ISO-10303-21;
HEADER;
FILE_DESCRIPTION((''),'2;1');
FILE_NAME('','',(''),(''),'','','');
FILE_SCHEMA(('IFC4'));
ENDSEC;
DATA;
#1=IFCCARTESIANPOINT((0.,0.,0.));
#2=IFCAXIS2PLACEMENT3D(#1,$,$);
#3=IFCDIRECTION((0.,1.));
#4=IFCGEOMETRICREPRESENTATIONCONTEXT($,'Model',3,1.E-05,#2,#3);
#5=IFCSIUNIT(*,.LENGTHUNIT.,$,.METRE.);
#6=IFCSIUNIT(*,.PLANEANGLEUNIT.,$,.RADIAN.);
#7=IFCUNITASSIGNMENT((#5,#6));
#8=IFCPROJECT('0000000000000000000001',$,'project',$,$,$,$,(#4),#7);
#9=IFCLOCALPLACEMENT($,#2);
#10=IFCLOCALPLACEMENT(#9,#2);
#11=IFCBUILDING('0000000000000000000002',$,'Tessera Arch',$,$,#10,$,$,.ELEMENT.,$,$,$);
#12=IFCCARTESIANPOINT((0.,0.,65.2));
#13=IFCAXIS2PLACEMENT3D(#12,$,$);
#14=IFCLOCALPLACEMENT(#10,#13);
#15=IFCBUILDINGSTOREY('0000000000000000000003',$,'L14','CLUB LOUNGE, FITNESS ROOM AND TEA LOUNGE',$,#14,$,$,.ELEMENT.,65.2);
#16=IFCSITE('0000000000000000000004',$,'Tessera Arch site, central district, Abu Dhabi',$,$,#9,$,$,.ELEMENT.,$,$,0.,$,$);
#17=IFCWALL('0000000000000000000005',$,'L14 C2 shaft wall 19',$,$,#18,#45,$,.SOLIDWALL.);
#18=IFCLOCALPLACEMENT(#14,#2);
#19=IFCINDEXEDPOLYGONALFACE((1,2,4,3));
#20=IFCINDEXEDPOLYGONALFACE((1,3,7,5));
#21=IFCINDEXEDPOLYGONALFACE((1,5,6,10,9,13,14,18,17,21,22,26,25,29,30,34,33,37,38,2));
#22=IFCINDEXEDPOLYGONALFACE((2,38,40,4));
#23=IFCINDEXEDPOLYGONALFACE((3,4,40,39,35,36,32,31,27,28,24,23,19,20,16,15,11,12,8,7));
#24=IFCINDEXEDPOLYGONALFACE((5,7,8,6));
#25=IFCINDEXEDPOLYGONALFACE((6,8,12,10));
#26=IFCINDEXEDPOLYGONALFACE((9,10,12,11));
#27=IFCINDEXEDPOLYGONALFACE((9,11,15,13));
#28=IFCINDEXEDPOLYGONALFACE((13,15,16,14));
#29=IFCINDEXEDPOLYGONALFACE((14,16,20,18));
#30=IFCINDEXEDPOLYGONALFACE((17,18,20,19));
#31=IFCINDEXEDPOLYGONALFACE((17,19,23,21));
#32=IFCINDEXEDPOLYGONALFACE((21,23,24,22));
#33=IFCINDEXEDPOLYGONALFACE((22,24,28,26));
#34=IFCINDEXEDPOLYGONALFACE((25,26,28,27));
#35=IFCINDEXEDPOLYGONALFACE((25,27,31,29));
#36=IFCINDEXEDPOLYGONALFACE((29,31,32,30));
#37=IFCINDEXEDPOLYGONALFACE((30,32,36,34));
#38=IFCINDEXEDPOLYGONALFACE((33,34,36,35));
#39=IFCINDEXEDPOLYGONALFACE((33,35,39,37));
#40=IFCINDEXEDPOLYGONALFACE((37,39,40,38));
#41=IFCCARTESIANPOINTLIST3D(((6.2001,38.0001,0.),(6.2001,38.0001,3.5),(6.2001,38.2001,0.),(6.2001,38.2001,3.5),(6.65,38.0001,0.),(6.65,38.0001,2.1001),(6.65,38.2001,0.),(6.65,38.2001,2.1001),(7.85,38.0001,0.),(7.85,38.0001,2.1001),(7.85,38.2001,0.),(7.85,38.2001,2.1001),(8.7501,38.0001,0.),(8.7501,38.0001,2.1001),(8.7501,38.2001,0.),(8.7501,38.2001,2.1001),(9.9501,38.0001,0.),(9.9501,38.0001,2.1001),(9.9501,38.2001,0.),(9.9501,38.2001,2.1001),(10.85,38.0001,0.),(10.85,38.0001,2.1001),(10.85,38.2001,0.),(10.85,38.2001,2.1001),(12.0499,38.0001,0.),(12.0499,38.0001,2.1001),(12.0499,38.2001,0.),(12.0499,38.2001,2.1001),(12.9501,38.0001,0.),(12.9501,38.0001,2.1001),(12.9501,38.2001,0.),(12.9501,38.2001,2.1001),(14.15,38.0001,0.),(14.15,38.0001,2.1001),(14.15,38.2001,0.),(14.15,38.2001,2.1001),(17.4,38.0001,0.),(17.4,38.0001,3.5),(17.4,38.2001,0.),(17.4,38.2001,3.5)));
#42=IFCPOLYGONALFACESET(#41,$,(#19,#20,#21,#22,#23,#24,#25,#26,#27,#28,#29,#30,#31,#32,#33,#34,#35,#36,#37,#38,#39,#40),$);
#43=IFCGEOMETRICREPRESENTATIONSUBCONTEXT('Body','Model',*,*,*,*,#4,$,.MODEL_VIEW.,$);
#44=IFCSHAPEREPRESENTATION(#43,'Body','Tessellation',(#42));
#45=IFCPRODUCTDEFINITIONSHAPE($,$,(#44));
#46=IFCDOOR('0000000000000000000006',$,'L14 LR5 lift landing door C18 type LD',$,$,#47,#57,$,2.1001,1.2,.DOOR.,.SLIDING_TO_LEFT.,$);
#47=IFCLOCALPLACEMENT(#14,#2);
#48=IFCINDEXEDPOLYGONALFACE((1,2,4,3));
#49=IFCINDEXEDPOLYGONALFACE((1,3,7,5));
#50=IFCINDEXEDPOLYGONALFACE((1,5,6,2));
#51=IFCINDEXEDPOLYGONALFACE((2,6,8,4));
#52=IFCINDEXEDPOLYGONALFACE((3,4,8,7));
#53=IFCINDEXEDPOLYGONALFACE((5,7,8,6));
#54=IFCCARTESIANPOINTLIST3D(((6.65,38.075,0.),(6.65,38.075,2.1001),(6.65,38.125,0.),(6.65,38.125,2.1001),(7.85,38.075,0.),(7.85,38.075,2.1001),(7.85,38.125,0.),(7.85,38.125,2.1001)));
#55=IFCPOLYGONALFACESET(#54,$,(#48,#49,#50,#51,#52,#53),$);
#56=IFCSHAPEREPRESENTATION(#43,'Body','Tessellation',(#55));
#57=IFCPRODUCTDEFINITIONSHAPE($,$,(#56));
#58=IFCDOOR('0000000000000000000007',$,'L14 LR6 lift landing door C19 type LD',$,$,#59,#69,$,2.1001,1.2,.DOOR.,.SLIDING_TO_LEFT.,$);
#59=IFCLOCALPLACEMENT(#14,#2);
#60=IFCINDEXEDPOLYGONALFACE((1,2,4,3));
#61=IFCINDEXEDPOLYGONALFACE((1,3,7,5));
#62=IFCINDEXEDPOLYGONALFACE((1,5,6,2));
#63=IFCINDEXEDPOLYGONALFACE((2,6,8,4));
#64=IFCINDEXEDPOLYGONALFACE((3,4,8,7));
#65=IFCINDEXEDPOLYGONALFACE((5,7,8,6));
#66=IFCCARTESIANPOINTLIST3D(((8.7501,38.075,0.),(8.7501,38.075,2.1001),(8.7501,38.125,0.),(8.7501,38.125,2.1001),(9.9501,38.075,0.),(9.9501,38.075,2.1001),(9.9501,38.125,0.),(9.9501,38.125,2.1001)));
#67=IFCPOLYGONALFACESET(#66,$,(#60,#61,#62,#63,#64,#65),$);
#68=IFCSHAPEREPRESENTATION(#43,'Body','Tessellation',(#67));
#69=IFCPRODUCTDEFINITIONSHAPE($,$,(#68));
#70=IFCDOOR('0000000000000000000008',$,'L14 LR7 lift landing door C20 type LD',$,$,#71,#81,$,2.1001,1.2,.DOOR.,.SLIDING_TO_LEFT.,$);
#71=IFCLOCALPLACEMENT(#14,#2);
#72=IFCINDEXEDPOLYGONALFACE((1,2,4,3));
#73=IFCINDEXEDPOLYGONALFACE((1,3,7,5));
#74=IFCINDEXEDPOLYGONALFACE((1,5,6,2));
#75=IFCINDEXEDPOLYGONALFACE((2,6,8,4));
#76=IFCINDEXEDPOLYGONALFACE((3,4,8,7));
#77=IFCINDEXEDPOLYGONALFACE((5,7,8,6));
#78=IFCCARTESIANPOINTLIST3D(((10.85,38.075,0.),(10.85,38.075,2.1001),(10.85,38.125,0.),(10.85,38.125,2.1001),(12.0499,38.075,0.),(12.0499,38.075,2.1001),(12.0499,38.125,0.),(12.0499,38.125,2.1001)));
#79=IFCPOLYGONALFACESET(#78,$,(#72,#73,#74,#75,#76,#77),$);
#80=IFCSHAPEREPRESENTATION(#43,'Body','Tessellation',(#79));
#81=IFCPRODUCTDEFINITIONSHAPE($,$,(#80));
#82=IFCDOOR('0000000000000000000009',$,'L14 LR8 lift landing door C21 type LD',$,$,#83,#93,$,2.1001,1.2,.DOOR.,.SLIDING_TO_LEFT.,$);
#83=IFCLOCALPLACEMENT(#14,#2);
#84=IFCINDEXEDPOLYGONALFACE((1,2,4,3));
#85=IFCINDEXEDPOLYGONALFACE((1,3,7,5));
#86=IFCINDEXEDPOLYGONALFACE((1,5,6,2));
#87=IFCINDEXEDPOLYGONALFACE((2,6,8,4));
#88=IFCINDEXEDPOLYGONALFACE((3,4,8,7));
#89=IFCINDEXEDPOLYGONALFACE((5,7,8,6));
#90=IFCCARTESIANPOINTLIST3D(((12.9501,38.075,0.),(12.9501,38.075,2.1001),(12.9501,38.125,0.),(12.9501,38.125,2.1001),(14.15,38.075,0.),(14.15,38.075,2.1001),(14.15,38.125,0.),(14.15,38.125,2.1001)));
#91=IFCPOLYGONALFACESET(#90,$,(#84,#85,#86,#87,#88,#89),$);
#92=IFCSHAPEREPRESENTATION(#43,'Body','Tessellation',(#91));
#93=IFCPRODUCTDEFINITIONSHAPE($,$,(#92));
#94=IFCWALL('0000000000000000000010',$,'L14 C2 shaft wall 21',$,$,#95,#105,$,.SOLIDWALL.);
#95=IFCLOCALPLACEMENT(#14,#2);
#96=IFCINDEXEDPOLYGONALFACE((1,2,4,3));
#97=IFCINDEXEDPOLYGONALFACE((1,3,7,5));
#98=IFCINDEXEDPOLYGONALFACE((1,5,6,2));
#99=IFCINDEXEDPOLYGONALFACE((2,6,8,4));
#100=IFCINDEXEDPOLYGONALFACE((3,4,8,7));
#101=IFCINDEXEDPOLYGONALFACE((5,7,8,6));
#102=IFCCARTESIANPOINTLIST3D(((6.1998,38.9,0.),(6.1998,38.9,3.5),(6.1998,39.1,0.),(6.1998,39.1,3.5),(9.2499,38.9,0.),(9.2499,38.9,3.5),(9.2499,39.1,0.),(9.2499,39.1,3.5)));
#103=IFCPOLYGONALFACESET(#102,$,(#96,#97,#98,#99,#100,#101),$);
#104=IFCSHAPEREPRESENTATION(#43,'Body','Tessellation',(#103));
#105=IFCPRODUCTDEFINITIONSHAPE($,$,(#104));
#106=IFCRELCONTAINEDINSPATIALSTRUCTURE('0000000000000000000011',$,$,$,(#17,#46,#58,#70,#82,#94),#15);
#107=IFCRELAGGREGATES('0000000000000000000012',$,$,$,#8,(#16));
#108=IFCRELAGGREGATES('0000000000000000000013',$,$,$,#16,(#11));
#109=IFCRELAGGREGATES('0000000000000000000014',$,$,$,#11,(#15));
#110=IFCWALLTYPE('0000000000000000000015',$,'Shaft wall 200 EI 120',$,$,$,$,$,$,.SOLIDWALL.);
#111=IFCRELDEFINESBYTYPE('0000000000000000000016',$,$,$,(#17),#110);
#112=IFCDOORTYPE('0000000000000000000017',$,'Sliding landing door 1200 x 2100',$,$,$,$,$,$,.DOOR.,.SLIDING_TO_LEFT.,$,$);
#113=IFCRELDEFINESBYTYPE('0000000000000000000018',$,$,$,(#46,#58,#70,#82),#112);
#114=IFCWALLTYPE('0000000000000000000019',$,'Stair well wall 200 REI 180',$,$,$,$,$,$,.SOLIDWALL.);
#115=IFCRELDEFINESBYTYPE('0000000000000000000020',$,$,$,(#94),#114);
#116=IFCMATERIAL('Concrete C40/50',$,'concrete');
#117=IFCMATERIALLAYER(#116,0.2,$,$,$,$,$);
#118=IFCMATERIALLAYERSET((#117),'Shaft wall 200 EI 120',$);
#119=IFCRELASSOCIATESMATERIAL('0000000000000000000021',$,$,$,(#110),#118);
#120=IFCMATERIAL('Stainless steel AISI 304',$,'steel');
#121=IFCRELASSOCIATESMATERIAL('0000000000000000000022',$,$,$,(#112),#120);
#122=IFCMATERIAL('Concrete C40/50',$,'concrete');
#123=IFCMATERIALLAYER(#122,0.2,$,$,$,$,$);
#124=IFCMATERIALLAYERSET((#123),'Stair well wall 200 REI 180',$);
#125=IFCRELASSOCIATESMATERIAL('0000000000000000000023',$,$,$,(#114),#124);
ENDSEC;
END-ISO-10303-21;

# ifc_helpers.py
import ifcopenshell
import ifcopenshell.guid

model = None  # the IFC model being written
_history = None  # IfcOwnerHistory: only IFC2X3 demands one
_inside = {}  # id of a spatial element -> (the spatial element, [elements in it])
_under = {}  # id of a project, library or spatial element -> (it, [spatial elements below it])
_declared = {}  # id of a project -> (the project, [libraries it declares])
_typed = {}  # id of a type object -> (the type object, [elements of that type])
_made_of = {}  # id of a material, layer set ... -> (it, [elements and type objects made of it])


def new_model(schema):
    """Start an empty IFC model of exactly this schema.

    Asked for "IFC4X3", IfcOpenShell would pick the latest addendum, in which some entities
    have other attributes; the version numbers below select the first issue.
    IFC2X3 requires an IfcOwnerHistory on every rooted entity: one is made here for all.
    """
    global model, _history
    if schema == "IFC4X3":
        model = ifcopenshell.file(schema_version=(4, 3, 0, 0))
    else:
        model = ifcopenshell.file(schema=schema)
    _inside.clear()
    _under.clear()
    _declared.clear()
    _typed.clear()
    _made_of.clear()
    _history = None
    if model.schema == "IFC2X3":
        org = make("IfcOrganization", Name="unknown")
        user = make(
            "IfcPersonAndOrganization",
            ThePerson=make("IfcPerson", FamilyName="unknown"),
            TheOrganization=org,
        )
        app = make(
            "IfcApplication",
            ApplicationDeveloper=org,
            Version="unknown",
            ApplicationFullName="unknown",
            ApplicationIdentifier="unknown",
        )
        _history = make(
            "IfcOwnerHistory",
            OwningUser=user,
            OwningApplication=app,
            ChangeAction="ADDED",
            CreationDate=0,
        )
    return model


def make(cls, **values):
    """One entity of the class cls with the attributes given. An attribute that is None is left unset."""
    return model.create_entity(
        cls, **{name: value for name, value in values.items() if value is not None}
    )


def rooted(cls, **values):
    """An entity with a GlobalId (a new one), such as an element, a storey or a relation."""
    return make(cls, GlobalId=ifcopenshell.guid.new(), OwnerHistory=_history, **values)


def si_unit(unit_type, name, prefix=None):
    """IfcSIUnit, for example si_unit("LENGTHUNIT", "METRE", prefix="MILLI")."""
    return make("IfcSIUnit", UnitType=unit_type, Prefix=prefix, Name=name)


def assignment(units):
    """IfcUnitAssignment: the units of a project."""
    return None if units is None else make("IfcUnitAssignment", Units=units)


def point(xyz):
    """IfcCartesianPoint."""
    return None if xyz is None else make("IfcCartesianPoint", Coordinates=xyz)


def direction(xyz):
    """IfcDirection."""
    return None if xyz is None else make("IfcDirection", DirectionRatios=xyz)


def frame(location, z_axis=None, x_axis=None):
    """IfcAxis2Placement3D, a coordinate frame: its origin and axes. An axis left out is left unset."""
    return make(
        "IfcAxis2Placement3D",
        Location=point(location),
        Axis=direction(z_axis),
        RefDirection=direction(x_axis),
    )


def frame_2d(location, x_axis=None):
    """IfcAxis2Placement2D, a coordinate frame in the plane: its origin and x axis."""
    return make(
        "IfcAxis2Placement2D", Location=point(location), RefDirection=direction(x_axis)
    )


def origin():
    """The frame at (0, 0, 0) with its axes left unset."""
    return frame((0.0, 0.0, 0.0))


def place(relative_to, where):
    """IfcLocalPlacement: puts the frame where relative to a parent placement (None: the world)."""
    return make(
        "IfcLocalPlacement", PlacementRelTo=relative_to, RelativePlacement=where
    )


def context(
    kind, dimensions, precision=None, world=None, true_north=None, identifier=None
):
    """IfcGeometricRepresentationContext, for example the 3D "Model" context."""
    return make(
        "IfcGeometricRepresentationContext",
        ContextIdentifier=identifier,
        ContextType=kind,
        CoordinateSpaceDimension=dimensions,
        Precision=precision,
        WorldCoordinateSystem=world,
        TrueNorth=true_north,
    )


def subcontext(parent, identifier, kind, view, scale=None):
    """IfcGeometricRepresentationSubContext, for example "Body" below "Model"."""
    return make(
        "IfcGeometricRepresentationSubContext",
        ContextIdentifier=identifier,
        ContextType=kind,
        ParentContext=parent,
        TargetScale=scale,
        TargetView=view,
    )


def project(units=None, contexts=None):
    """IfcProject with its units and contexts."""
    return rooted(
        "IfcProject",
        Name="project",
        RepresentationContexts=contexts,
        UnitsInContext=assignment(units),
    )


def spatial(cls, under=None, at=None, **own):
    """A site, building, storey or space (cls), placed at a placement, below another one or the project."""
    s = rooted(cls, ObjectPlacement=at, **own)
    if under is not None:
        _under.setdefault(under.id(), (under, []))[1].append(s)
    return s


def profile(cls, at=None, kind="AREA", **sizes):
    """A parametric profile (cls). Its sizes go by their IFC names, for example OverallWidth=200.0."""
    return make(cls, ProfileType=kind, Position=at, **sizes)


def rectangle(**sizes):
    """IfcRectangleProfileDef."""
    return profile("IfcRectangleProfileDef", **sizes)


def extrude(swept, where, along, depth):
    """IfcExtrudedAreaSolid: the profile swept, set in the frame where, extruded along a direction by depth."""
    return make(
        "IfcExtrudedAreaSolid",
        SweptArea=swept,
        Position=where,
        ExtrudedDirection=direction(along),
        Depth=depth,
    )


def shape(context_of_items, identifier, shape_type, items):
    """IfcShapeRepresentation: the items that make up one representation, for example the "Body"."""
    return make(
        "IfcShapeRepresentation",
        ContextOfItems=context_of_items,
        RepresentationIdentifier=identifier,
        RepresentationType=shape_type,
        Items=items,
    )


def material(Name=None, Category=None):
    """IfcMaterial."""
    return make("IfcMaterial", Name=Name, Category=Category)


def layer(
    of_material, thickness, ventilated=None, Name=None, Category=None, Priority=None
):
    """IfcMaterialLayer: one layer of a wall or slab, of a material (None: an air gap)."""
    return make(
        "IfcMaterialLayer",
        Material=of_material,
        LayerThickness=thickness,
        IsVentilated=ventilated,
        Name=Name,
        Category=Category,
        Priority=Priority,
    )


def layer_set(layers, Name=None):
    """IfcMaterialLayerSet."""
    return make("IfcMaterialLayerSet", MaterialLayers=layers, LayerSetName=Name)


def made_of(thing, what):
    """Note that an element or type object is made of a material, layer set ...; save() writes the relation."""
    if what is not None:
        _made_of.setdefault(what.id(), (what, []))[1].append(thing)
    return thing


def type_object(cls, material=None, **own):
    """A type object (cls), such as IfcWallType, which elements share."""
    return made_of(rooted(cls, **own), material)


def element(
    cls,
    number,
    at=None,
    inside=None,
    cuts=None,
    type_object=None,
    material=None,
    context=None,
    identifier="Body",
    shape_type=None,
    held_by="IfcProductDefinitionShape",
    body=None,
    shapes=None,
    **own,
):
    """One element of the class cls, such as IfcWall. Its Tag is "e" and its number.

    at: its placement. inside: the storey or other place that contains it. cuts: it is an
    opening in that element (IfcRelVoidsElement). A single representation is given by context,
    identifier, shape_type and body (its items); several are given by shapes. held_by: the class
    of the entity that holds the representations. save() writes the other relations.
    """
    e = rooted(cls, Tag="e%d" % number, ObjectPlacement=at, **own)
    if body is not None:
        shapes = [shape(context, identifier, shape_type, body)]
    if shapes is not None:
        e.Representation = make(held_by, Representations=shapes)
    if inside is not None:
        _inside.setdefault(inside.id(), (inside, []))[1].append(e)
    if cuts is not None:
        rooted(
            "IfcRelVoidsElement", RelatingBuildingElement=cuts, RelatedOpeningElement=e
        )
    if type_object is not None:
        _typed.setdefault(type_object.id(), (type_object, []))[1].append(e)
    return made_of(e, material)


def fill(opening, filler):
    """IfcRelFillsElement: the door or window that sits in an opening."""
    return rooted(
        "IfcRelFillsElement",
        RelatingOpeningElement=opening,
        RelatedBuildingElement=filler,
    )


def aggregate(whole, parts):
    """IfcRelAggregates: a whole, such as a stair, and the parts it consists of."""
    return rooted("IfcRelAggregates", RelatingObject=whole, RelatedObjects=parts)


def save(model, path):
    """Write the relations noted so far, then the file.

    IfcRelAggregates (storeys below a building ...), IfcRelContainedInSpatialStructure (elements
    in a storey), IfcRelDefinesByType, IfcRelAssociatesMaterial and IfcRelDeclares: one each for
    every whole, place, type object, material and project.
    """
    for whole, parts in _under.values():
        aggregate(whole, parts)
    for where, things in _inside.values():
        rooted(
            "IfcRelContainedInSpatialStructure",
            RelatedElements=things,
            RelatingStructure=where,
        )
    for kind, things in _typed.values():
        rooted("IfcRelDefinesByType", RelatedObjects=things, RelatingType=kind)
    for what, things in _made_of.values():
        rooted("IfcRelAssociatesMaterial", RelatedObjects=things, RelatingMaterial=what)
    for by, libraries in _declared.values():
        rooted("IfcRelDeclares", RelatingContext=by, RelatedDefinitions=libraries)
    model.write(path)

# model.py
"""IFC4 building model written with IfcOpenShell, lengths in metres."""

from ifc_helpers import new_model, si_unit, direction, frame, frame_2d, origin, place, context, subcontext, project, spatial, rectangle, extrude, material, layer, layer_set, type_object, element, fill, save


model = new_model("IFC4")

# Units and contexts
model_context = context("Model", 3, precision=1e-05, world=origin(), true_north=direction((0.0, 1.0)))
body_context = subcontext(model_context, "Body", "Model", "MODEL_VIEW")
ifc_project = project(units=[si_unit("LENGTHUNIT", "METRE"), si_unit("PLANEANGLEUNIT", "RADIAN")], contexts=[model_context])

# Site, building, storey
site_placement = place(None, origin())
site = spatial("IfcSite", under=ifc_project, at=site_placement, Name="Tessera Arch site, central district, Abu Dhabi", CompositionType="ELEMENT", RefElevation=0.0)
building_placement = place(site_placement, origin())
building = spatial("IfcBuilding", under=site, at=building_placement, Name="Tessera Arch", CompositionType="ELEMENT")
storey_placement = place(building_placement, frame((0.0, 0.0, 65.2)))
storey = spatial("IfcBuildingStorey", under=building, at=storey_placement, Name="L14", Description="CLUB LOUNGE, FITNESS ROOM AND TEA LOUNGE", CompositionType="ELEMENT", Elevation=65.2)

# Shared definitions
ifc_material_1 = material(Name="Concrete C40/50", Category="concrete")
ifc_layer_1 = layer(ifc_material_1, 0.2)
ifc_layer_set_1 = layer_set([ifc_layer_1], Name="Shaft wall 200 EI 120")
wall_type_1 = type_object("IfcWallType", Name="Shaft wall 200 EI 120", PredefinedType="SOLIDWALL", material=ifc_layer_set_1)
ifc_material_2 = material(Name="Stainless steel AISI 304", Category="steel")
door_type = type_object("IfcDoorType", Name="Sliding landing door 1200 x 2100", OperationType="SLIDING_TO_LEFT", PredefinedType="DOOR", material=ifc_material_2)

# Wall, openings, doors
wall_1_placement = place(storey_placement, frame((6.2, 38.1001, 0.0), z_axis=(0.0, 0.0, 1.0), x_axis=(1.0, 0.0, 0.0)))
wall_1 = element("IfcWall", 1, at=wall_1_placement, inside=storey, type_object=wall_type_1, Name="L14 C2 shaft wall 19", PredefinedType="SOLIDWALL", context=body_context, shape_type="SweptSolid", body=[
    extrude(rectangle(XDim=11.2, YDim=0.2, at=frame_2d((5.6001, 0.0))), origin(), (0.0, 0.0, 1.0), 3.5),
])
opening_1_placement = place(wall_1_placement, frame((0.45, 0.0, 0.0)))
opening_1 = element("IfcOpeningElement", 2, at=opening_1_placement, cuts=wall_1, PredefinedType="OPENING", context=body_context, shape_type="SweptSolid", body=[
    extrude(rectangle(XDim=1.2, YDim=2.1001, at=frame_2d((0.6001, 1.05))), frame((0.0, 0.1099, 0.0), z_axis=(0.0, -1.0, 0.0), x_axis=(1.0, 0.0, 0.0)), (0.0, 0.0, 1.0), 0.22),
])
opening_2_placement = place(wall_1_placement, frame((2.55, 0.0, 0.0)))
opening_2 = element("IfcOpeningElement", 3, at=opening_2_placement, cuts=wall_1, PredefinedType="OPENING", context=body_context, shape_type="SweptSolid", body=[
    extrude(rectangle(XDim=1.2, YDim=2.1001, at=frame_2d((0.6001, 1.05))), frame((0.0, 0.1099, 0.0), z_axis=(0.0, -1.0, 0.0), x_axis=(1.0, 0.0, 0.0)), (0.0, 0.0, 1.0), 0.22),
])
opening_3_placement = place(wall_1_placement, frame((4.6499, 0.0, 0.0)))
opening_3 = element("IfcOpeningElement", 4, at=opening_3_placement, cuts=wall_1, PredefinedType="OPENING", context=body_context, shape_type="SweptSolid", body=[
    extrude(rectangle(XDim=1.2, YDim=2.1001, at=frame_2d((0.6001, 1.05))), frame((0.0, 0.1099, 0.0), z_axis=(0.0, -1.0, 0.0), x_axis=(1.0, 0.0, 0.0)), (0.0, 0.0, 1.0), 0.22),
])
opening_4_placement = place(wall_1_placement, frame((6.75, 0.0, 0.0)))
opening_4 = element("IfcOpeningElement", 5, at=opening_4_placement, cuts=wall_1, PredefinedType="OPENING", context=body_context, shape_type="SweptSolid", body=[
    extrude(rectangle(XDim=1.2, YDim=2.1001, at=frame_2d((0.6001, 1.05))), frame((0.0, 0.1099, 0.0), z_axis=(0.0, -1.0, 0.0), x_axis=(1.0, 0.0, 0.0)), (0.0, 0.0, 1.0), 0.22),
])
door_1_placement = place(opening_1_placement, origin())
door_1 = element("IfcDoor", 6, at=door_1_placement, inside=storey, type_object=door_type, Name="L14 LR5 lift landing door C18 type LD", OperationType="SLIDING_TO_LEFT", OverallHeight=2.1001, OverallWidth=1.2, PredefinedType="DOOR", context=body_context, shape_type="SweptSolid", body=[
    extrude(rectangle(XDim=1.2, YDim=2.1001, at=frame_2d((0.6001, 1.05))), frame((0.0, 0.0249, 0.0), z_axis=(0.0, -1.0, 0.0), x_axis=(1.0, 0.0, 0.0)), (0.0, 0.0, 1.0), 0.05),
])
fill(opening_1, door_1)
door_2_placement = place(opening_2_placement, origin())
door_2 = element("IfcDoor", 7, at=door_2_placement, inside=storey, type_object=door_type, Name="L14 LR6 lift landing door C19 type LD", OperationType="SLIDING_TO_LEFT", OverallHeight=2.1001, OverallWidth=1.2, PredefinedType="DOOR", context=body_context, shape_type="SweptSolid", body=[
    extrude(rectangle(XDim=1.2, YDim=2.1001, at=frame_2d((0.6001, 1.05))), frame((0.0, 0.0249, 0.0), z_axis=(0.0, -1.0, 0.0), x_axis=(1.0, 0.0, 0.0)), (0.0, 0.0, 1.0), 0.05),
])
fill(opening_2, door_2)
door_3_placement = place(opening_3_placement, origin())
door_3 = element("IfcDoor", 8, at=door_3_placement, inside=storey, type_object=door_type, Name="L14 LR7 lift landing door C20 type LD", OperationType="SLIDING_TO_LEFT", OverallHeight=2.1001, OverallWidth=1.2, PredefinedType="DOOR", context=body_context, shape_type="SweptSolid", body=[
    extrude(rectangle(XDim=1.2, YDim=2.1001, at=frame_2d((0.6001, 1.05))), frame((0.0, 0.0249, 0.0), z_axis=(0.0, -1.0, 0.0), x_axis=(1.0, 0.0, 0.0)), (0.0, 0.0, 1.0), 0.05),
])
fill(opening_3, door_3)
door_4_placement = place(opening_4_placement, origin())
door_4 = element("IfcDoor", 9, at=door_4_placement, inside=storey, type_object=door_type, Name="L14 LR8 lift landing door C21 type LD", OperationType="SLIDING_TO_LEFT", OverallHeight=2.1001, OverallWidth=1.2, PredefinedType="DOOR", context=body_context, shape_type="SweptSolid", body=[
    extrude(rectangle(XDim=1.2, YDim=2.1001, at=frame_2d((0.6001, 1.05))), frame((0.0, 0.0249, 0.0), z_axis=(0.0, -1.0, 0.0), x_axis=(1.0, 0.0, 0.0)), (0.0, 0.0, 1.0), 0.05),
])
fill(opening_4, door_4)

# Wall
ifc_material_3 = material(Name="Concrete C40/50", Category="concrete")
ifc_layer_2 = layer(ifc_material_3, 0.2)
ifc_layer_set_2 = layer_set([ifc_layer_2], Name="Stair well wall 200 REI 180")
wall_type_2 = type_object("IfcWallType", Name="Stair well wall 200 REI 180", PredefinedType="SOLIDWALL", material=ifc_layer_set_2)
wall_2_placement = place(storey_placement, frame((6.2, 39.0, 0.0), z_axis=(0.0, 0.0, 1.0), x_axis=(1.0, 0.0, 0.0)))
element("IfcWall", 10, at=wall_2_placement, inside=storey, type_object=wall_type_2, Name="L14 C2 shaft wall 21", PredefinedType="SOLIDWALL", context=body_context, shape_type="SweptSolid", body=[
    extrude(rectangle(XDim=3.05, YDim=0.2, at=frame_2d((1.5249, 0.0))), origin(), (0.0, 0.0, 1.0), 3.5),
])

save(model, "model.ifc")
